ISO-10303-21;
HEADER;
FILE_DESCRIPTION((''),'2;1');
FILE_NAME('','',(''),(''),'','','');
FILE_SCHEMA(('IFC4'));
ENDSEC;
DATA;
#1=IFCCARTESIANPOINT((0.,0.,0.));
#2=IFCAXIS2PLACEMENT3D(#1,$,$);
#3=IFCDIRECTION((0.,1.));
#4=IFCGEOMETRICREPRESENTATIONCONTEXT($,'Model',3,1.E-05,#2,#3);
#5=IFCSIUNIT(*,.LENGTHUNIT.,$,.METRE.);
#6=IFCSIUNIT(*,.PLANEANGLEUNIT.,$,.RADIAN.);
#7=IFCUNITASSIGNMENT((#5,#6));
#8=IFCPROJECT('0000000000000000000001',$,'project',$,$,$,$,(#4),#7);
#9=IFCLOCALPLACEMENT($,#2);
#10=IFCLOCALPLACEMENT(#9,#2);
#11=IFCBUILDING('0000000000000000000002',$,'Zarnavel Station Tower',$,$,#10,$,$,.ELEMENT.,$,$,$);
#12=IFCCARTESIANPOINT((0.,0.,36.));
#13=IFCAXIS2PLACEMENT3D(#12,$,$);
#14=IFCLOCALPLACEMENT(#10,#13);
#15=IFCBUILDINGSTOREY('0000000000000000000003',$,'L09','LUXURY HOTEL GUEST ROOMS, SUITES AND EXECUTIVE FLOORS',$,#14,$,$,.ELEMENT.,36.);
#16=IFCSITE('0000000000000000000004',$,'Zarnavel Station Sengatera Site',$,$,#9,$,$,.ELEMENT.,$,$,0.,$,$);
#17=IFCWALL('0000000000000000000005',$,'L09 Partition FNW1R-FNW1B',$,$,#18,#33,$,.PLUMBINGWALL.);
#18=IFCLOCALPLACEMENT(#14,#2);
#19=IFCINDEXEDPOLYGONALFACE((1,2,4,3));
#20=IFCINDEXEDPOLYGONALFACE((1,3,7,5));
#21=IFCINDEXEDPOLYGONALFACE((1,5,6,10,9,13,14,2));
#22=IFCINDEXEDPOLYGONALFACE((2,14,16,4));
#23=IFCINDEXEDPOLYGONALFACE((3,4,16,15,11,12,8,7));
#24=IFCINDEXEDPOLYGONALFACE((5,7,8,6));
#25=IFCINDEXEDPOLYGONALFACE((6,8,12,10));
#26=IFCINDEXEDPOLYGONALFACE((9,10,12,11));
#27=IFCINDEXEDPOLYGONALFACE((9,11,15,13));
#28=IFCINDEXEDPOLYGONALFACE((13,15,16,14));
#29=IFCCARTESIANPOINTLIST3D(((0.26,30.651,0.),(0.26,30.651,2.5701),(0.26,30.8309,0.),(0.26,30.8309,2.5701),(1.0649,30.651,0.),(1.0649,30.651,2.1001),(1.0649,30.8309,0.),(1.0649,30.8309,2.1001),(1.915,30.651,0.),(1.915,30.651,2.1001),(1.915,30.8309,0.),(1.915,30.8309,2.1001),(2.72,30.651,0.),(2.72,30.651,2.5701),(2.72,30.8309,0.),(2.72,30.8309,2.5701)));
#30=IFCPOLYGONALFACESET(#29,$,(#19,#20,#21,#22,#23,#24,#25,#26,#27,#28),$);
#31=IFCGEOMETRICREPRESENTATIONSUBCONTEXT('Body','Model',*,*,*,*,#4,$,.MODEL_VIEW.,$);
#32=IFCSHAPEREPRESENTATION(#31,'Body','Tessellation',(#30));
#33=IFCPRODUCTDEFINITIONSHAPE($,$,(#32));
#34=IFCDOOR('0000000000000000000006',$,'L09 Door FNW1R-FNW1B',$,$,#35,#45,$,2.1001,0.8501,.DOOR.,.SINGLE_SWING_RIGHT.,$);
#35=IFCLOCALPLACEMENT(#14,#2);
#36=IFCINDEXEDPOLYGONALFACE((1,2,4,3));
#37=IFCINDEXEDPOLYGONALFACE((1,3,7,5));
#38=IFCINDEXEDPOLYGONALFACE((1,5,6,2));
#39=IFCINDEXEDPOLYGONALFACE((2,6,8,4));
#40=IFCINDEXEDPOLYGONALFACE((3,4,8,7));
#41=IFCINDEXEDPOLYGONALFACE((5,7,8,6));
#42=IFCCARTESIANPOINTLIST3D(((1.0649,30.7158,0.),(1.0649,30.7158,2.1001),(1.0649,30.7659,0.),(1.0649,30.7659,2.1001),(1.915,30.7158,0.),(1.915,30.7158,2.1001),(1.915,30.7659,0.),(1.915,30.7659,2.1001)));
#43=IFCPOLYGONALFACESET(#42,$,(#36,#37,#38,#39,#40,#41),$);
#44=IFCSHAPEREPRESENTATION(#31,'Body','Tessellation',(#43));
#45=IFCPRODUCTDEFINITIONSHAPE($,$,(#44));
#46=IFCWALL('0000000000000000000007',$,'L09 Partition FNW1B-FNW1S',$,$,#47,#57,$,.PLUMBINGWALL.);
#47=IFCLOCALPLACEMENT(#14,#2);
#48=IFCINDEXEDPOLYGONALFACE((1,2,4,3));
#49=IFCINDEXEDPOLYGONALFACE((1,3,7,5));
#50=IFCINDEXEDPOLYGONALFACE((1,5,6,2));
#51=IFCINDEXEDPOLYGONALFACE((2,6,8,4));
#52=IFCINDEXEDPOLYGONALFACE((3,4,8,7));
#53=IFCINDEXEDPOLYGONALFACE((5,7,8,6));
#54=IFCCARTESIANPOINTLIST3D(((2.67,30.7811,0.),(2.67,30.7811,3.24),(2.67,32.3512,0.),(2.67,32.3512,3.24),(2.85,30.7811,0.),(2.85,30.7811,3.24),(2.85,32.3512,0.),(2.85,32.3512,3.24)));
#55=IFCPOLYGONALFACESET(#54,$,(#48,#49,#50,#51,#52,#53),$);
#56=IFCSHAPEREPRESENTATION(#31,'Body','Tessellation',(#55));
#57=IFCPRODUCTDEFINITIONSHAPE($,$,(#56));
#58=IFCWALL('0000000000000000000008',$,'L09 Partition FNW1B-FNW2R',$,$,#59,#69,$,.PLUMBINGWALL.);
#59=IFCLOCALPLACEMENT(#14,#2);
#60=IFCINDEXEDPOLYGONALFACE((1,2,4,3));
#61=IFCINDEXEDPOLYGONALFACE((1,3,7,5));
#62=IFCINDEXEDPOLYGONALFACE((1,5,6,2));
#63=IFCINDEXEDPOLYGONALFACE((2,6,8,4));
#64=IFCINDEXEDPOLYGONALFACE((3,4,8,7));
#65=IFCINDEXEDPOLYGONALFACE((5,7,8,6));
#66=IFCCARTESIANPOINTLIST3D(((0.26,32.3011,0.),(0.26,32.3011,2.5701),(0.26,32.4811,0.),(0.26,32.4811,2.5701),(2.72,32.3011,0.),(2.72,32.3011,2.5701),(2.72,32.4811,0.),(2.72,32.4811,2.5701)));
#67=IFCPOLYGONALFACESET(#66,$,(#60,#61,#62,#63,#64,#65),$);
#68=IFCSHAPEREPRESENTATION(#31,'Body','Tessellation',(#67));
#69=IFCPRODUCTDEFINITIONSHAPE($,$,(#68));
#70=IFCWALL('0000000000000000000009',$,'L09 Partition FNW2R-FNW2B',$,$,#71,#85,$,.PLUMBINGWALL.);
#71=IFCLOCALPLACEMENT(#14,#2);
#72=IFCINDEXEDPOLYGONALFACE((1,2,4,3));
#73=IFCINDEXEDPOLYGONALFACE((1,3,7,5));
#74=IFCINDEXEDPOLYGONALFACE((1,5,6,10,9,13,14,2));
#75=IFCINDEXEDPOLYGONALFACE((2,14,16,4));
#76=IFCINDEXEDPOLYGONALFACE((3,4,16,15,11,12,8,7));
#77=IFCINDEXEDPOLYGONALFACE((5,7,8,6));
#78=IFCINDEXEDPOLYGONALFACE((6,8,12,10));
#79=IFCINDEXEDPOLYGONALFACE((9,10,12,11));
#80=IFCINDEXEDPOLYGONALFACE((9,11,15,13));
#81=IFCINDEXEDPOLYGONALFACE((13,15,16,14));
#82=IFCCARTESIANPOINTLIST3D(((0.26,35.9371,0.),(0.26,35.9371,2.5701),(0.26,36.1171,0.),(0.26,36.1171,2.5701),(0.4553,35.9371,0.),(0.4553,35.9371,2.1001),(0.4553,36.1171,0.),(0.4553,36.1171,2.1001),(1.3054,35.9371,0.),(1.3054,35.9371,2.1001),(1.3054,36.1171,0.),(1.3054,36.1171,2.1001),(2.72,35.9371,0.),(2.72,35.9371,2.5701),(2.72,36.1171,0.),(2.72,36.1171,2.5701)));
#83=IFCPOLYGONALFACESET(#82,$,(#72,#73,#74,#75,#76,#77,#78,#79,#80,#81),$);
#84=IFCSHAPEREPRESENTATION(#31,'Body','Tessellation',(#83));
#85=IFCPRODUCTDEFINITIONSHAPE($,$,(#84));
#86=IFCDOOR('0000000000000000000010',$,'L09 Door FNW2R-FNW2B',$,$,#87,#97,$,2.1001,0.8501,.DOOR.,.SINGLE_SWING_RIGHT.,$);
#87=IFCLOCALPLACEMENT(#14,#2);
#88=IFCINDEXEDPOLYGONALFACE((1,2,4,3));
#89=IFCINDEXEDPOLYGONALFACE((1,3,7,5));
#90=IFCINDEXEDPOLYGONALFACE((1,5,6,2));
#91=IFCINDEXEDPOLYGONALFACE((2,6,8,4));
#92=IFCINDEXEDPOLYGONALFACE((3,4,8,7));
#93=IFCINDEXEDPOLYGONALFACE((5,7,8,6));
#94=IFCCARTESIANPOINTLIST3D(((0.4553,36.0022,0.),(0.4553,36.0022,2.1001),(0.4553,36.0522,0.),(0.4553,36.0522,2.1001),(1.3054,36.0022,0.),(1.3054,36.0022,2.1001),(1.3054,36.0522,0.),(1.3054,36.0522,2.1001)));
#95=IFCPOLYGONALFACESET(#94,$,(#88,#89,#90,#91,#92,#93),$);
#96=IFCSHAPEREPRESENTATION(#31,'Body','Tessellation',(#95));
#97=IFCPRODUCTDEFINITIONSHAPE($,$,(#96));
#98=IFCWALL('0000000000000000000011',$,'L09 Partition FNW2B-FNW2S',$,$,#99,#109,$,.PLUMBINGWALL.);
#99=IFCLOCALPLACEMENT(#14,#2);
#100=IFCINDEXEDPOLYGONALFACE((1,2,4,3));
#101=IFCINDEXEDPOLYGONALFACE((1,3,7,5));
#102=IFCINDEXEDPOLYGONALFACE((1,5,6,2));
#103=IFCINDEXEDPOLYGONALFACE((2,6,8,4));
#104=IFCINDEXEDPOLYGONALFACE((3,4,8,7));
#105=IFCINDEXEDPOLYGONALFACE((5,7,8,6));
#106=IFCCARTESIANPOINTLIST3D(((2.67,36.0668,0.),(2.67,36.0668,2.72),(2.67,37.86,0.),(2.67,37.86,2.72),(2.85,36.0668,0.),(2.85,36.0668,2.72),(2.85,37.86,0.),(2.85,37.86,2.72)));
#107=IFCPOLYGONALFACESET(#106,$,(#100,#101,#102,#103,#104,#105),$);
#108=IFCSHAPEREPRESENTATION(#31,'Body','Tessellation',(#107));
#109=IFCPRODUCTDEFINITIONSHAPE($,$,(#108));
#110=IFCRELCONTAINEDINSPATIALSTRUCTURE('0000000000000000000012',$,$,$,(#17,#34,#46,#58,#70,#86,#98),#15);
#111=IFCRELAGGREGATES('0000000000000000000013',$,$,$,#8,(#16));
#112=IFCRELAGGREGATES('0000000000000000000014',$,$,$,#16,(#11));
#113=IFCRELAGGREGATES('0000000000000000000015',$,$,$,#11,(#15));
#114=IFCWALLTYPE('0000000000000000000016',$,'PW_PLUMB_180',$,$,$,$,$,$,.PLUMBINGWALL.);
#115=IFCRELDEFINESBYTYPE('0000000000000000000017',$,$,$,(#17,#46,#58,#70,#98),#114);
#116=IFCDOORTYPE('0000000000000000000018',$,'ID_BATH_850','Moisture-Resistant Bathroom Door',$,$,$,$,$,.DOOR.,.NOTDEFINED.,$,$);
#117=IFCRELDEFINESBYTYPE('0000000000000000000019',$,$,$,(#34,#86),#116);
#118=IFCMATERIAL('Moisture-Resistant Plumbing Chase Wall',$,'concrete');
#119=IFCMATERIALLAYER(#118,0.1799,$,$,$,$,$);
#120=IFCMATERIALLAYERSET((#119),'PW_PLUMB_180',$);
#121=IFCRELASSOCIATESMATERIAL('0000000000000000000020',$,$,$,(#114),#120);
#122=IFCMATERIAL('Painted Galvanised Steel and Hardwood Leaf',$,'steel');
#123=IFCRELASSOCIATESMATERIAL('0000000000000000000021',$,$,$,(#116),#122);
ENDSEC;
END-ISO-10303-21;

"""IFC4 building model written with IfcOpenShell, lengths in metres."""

from ifc_helpers import new_model, si_unit, direction, frame, frame_2d, origin, place, context, subcontext, project, spatial, rectangle, extrude, material, layer, layer_set, type_object, element, fill, save


model = new_model("IFC4")

# Units and contexts
model_context = context("Model", 3, precision=1e-05, world=origin(), true_north=direction((0.0, 1.0)))
body_context = subcontext(model_context, "Body", "Model", "MODEL_VIEW")
ifc_project = project(units=[si_unit("LENGTHUNIT", "METRE"), si_unit("PLANEANGLEUNIT", "RADIAN")], contexts=[model_context])

# Site, building, storey
site_placement = place(None, origin())
site = spatial("IfcSite", under=ifc_project, at=site_placement, Name="Zarnavel Station Sengatera Site", CompositionType="ELEMENT", RefElevation=0.0)
building_placement = place(site_placement, origin())
building = spatial("IfcBuilding", under=site, at=building_placement, Name="Zarnavel Station Tower", CompositionType="ELEMENT")
storey_placement = place(building_placement, frame((0.0, 0.0, 36.0)))
storey = spatial("IfcBuildingStorey", under=building, at=storey_placement, Name="L09", Description="LUXURY HOTEL GUEST ROOMS, SUITES AND EXECUTIVE FLOORS", CompositionType="ELEMENT", Elevation=36.0)

# Wall, opening, door
ifc_material_1 = material(Name="Moisture-Resistant Plumbing Chase Wall", Category="concrete")
ifc_layer_1 = layer(ifc_material_1, 0.1799)
ifc_layer_set_1 = layer_set([ifc_layer_1], Name="PW_PLUMB_180")
wall_type_1 = type_object("IfcWallType", Name="PW_PLUMB_180", PredefinedType="PLUMBINGWALL", material=ifc_layer_set_1)
wall_1_placement = place(storey_placement, frame((0.26, 30.741, 0.0), z_axis=(0.0, 0.0, 1.0), x_axis=(1.0, 0.0, 0.0)))
wall_1 = element("IfcWall", 1, at=wall_1_placement, inside=storey, type_object=wall_type_1, Name="L09 Partition FNW1R-FNW1B", PredefinedType="PLUMBINGWALL", context=body_context, shape_type="SweptSolid", body=[
    extrude(rectangle(XDim=2.46, YDim=0.1799, at=frame_2d((1.23, 0.0))), origin(), (0.0, 0.0, 1.0), 2.5701),
])
opening_1_placement = place(wall_1_placement, frame((0.8049, 0.0, 0.0)))
opening_1 = element("IfcOpeningElement", 2, at=opening_1_placement, cuts=wall_1, PredefinedType="OPENING", context=body_context, shape_type="SweptSolid", body=[
    extrude(rectangle(XDim=0.8501, YDim=2.1001, at=frame_2d((0.425, 1.05))), frame((0.0, 0.0999, 0.0), z_axis=(0.0, -1.0, 0.0), x_axis=(1.0, 0.0, 0.0)), (0.0, 0.0, 1.0), 0.2),
])
ifc_material_2 = material(Name="Painted Galvanised Steel and Hardwood Leaf", Category="steel")
door_type_1 = type_object("IfcDoorType", Name="ID_BATH_850", Description="Moisture-Resistant Bathroom Door", OperationType="NOTDEFINED", PredefinedType="DOOR", material=ifc_material_2)
door_1_placement = place(opening_1_placement, origin())
door_1 = element("IfcDoor", 3, at=door_1_placement, inside=storey, type_object=door_type_1, Name="L09 Door FNW1R-FNW1B", OperationType="SINGLE_SWING_RIGHT", OverallHeight=2.1001, OverallWidth=0.8501, PredefinedType="DOOR", context=body_context, shape_type="SweptSolid", body=[
    extrude(rectangle(XDim=0.8501, YDim=2.1001, at=frame_2d((0.425, 1.05))), frame((0.0, 0.0249, 0.0), z_axis=(0.0, -1.0, 0.0), x_axis=(1.0, 0.0, 0.0)), (0.0, 0.0, 1.0), 0.05),
])
fill(opening_1, door_1)

# Walls
wall_2_placement = place(storey_placement, frame((2.76, 30.781, 0.0), z_axis=(0.0, 0.0, 1.0), x_axis=(0.0, 1.0, 0.0)))
element("IfcWall", 4, at=wall_2_placement, inside=storey, type_object=wall_type_1, Name="L09 Partition FNW1B-FNW1S", PredefinedType="PLUMBINGWALL", context=body_context, shape_type="SweptSolid", body=[
    extrude(rectangle(XDim=1.5701, YDim=0.1799, at=frame_2d((0.7852, 0.0))), origin(), (0.0, 0.0, 1.0), 3.24),
])
wall_3_placement = place(storey_placement, frame((0.26, 32.3911, 0.0), z_axis=(0.0, 0.0, 1.0), x_axis=(1.0, 0.0, 0.0)))
element("IfcWall", 5, at=wall_3_placement, inside=storey, type_object=wall_type_1, Name="L09 Partition FNW1B-FNW2R", PredefinedType="PLUMBINGWALL", context=body_context, shape_type="SweptSolid", body=[
    extrude(rectangle(XDim=2.46, YDim=0.1799, at=frame_2d((1.23, 0.0))), origin(), (0.0, 0.0, 1.0), 2.5701),
])

# Wall, opening, door
wall_4_placement = place(storey_placement, frame((2.72, 36.0271, 0.0), z_axis=(0.0, 0.0, 1.0), x_axis=(-1.0, 0.0, 0.0)))
wall_4 = element("IfcWall", 6, at=wall_4_placement, inside=storey, type_object=wall_type_1, Name="L09 Partition FNW2R-FNW2B", PredefinedType="PLUMBINGWALL", context=body_context, shape_type="SweptSolid", body=[
    extrude(rectangle(XDim=2.46, YDim=0.1799, at=frame_2d((1.23, 0.0))), origin(), (0.0, 0.0, 1.0), 2.5701),
])
opening_2_placement = place(wall_4_placement, frame((1.4146, 0.0, 0.0)))
opening_2 = element("IfcOpeningElement", 7, at=opening_2_placement, cuts=wall_4, PredefinedType="OPENING", context=body_context, shape_type="SweptSolid", body=[
    extrude(rectangle(XDim=0.8501, YDim=2.1001, at=frame_2d((0.425, 1.05))), frame((0.0, 0.0999, 0.0), z_axis=(0.0, -1.0, 0.0), x_axis=(1.0, 0.0, 0.0)), (0.0, 0.0, 1.0), 0.2),
])
door_2_placement = place(opening_2_placement, origin())
door_2 = element("IfcDoor", 8, at=door_2_placement, inside=storey, type_object=door_type_1, Name="L09 Door FNW2R-FNW2B", OperationType="SINGLE_SWING_RIGHT", OverallHeight=2.1001, OverallWidth=0.8501, PredefinedType="DOOR", context=body_context, shape_type="SweptSolid", body=[
    extrude(rectangle(XDim=0.8501, YDim=2.1001, at=frame_2d((0.425, 1.05))), frame((0.0, 0.0249, 0.0), z_axis=(0.0, -1.0, 0.0), x_axis=(1.0, 0.0, 0.0)), (0.0, 0.0, 1.0), 0.05),
])
fill(opening_2, door_2)

# Wall
wall_5_placement = place(storey_placement, frame((2.76, 36.0669, 0.0), z_axis=(0.0, 0.0, 1.0), x_axis=(0.0, 1.0, 0.0)))
element("IfcWall", 9, at=wall_5_placement, inside=storey, type_object=wall_type_1, Name="L09 Partition FNW2B-FNW2S", PredefinedType="PLUMBINGWALL", context=body_context, shape_type="SweptSolid", body=[
    extrude(rectangle(XDim=1.7932, YDim=0.1799, at=frame_2d((0.8965, 0.0))), origin(), (0.0, 0.0, 1.0), 2.72),
])

save(model, "model.ifc")
